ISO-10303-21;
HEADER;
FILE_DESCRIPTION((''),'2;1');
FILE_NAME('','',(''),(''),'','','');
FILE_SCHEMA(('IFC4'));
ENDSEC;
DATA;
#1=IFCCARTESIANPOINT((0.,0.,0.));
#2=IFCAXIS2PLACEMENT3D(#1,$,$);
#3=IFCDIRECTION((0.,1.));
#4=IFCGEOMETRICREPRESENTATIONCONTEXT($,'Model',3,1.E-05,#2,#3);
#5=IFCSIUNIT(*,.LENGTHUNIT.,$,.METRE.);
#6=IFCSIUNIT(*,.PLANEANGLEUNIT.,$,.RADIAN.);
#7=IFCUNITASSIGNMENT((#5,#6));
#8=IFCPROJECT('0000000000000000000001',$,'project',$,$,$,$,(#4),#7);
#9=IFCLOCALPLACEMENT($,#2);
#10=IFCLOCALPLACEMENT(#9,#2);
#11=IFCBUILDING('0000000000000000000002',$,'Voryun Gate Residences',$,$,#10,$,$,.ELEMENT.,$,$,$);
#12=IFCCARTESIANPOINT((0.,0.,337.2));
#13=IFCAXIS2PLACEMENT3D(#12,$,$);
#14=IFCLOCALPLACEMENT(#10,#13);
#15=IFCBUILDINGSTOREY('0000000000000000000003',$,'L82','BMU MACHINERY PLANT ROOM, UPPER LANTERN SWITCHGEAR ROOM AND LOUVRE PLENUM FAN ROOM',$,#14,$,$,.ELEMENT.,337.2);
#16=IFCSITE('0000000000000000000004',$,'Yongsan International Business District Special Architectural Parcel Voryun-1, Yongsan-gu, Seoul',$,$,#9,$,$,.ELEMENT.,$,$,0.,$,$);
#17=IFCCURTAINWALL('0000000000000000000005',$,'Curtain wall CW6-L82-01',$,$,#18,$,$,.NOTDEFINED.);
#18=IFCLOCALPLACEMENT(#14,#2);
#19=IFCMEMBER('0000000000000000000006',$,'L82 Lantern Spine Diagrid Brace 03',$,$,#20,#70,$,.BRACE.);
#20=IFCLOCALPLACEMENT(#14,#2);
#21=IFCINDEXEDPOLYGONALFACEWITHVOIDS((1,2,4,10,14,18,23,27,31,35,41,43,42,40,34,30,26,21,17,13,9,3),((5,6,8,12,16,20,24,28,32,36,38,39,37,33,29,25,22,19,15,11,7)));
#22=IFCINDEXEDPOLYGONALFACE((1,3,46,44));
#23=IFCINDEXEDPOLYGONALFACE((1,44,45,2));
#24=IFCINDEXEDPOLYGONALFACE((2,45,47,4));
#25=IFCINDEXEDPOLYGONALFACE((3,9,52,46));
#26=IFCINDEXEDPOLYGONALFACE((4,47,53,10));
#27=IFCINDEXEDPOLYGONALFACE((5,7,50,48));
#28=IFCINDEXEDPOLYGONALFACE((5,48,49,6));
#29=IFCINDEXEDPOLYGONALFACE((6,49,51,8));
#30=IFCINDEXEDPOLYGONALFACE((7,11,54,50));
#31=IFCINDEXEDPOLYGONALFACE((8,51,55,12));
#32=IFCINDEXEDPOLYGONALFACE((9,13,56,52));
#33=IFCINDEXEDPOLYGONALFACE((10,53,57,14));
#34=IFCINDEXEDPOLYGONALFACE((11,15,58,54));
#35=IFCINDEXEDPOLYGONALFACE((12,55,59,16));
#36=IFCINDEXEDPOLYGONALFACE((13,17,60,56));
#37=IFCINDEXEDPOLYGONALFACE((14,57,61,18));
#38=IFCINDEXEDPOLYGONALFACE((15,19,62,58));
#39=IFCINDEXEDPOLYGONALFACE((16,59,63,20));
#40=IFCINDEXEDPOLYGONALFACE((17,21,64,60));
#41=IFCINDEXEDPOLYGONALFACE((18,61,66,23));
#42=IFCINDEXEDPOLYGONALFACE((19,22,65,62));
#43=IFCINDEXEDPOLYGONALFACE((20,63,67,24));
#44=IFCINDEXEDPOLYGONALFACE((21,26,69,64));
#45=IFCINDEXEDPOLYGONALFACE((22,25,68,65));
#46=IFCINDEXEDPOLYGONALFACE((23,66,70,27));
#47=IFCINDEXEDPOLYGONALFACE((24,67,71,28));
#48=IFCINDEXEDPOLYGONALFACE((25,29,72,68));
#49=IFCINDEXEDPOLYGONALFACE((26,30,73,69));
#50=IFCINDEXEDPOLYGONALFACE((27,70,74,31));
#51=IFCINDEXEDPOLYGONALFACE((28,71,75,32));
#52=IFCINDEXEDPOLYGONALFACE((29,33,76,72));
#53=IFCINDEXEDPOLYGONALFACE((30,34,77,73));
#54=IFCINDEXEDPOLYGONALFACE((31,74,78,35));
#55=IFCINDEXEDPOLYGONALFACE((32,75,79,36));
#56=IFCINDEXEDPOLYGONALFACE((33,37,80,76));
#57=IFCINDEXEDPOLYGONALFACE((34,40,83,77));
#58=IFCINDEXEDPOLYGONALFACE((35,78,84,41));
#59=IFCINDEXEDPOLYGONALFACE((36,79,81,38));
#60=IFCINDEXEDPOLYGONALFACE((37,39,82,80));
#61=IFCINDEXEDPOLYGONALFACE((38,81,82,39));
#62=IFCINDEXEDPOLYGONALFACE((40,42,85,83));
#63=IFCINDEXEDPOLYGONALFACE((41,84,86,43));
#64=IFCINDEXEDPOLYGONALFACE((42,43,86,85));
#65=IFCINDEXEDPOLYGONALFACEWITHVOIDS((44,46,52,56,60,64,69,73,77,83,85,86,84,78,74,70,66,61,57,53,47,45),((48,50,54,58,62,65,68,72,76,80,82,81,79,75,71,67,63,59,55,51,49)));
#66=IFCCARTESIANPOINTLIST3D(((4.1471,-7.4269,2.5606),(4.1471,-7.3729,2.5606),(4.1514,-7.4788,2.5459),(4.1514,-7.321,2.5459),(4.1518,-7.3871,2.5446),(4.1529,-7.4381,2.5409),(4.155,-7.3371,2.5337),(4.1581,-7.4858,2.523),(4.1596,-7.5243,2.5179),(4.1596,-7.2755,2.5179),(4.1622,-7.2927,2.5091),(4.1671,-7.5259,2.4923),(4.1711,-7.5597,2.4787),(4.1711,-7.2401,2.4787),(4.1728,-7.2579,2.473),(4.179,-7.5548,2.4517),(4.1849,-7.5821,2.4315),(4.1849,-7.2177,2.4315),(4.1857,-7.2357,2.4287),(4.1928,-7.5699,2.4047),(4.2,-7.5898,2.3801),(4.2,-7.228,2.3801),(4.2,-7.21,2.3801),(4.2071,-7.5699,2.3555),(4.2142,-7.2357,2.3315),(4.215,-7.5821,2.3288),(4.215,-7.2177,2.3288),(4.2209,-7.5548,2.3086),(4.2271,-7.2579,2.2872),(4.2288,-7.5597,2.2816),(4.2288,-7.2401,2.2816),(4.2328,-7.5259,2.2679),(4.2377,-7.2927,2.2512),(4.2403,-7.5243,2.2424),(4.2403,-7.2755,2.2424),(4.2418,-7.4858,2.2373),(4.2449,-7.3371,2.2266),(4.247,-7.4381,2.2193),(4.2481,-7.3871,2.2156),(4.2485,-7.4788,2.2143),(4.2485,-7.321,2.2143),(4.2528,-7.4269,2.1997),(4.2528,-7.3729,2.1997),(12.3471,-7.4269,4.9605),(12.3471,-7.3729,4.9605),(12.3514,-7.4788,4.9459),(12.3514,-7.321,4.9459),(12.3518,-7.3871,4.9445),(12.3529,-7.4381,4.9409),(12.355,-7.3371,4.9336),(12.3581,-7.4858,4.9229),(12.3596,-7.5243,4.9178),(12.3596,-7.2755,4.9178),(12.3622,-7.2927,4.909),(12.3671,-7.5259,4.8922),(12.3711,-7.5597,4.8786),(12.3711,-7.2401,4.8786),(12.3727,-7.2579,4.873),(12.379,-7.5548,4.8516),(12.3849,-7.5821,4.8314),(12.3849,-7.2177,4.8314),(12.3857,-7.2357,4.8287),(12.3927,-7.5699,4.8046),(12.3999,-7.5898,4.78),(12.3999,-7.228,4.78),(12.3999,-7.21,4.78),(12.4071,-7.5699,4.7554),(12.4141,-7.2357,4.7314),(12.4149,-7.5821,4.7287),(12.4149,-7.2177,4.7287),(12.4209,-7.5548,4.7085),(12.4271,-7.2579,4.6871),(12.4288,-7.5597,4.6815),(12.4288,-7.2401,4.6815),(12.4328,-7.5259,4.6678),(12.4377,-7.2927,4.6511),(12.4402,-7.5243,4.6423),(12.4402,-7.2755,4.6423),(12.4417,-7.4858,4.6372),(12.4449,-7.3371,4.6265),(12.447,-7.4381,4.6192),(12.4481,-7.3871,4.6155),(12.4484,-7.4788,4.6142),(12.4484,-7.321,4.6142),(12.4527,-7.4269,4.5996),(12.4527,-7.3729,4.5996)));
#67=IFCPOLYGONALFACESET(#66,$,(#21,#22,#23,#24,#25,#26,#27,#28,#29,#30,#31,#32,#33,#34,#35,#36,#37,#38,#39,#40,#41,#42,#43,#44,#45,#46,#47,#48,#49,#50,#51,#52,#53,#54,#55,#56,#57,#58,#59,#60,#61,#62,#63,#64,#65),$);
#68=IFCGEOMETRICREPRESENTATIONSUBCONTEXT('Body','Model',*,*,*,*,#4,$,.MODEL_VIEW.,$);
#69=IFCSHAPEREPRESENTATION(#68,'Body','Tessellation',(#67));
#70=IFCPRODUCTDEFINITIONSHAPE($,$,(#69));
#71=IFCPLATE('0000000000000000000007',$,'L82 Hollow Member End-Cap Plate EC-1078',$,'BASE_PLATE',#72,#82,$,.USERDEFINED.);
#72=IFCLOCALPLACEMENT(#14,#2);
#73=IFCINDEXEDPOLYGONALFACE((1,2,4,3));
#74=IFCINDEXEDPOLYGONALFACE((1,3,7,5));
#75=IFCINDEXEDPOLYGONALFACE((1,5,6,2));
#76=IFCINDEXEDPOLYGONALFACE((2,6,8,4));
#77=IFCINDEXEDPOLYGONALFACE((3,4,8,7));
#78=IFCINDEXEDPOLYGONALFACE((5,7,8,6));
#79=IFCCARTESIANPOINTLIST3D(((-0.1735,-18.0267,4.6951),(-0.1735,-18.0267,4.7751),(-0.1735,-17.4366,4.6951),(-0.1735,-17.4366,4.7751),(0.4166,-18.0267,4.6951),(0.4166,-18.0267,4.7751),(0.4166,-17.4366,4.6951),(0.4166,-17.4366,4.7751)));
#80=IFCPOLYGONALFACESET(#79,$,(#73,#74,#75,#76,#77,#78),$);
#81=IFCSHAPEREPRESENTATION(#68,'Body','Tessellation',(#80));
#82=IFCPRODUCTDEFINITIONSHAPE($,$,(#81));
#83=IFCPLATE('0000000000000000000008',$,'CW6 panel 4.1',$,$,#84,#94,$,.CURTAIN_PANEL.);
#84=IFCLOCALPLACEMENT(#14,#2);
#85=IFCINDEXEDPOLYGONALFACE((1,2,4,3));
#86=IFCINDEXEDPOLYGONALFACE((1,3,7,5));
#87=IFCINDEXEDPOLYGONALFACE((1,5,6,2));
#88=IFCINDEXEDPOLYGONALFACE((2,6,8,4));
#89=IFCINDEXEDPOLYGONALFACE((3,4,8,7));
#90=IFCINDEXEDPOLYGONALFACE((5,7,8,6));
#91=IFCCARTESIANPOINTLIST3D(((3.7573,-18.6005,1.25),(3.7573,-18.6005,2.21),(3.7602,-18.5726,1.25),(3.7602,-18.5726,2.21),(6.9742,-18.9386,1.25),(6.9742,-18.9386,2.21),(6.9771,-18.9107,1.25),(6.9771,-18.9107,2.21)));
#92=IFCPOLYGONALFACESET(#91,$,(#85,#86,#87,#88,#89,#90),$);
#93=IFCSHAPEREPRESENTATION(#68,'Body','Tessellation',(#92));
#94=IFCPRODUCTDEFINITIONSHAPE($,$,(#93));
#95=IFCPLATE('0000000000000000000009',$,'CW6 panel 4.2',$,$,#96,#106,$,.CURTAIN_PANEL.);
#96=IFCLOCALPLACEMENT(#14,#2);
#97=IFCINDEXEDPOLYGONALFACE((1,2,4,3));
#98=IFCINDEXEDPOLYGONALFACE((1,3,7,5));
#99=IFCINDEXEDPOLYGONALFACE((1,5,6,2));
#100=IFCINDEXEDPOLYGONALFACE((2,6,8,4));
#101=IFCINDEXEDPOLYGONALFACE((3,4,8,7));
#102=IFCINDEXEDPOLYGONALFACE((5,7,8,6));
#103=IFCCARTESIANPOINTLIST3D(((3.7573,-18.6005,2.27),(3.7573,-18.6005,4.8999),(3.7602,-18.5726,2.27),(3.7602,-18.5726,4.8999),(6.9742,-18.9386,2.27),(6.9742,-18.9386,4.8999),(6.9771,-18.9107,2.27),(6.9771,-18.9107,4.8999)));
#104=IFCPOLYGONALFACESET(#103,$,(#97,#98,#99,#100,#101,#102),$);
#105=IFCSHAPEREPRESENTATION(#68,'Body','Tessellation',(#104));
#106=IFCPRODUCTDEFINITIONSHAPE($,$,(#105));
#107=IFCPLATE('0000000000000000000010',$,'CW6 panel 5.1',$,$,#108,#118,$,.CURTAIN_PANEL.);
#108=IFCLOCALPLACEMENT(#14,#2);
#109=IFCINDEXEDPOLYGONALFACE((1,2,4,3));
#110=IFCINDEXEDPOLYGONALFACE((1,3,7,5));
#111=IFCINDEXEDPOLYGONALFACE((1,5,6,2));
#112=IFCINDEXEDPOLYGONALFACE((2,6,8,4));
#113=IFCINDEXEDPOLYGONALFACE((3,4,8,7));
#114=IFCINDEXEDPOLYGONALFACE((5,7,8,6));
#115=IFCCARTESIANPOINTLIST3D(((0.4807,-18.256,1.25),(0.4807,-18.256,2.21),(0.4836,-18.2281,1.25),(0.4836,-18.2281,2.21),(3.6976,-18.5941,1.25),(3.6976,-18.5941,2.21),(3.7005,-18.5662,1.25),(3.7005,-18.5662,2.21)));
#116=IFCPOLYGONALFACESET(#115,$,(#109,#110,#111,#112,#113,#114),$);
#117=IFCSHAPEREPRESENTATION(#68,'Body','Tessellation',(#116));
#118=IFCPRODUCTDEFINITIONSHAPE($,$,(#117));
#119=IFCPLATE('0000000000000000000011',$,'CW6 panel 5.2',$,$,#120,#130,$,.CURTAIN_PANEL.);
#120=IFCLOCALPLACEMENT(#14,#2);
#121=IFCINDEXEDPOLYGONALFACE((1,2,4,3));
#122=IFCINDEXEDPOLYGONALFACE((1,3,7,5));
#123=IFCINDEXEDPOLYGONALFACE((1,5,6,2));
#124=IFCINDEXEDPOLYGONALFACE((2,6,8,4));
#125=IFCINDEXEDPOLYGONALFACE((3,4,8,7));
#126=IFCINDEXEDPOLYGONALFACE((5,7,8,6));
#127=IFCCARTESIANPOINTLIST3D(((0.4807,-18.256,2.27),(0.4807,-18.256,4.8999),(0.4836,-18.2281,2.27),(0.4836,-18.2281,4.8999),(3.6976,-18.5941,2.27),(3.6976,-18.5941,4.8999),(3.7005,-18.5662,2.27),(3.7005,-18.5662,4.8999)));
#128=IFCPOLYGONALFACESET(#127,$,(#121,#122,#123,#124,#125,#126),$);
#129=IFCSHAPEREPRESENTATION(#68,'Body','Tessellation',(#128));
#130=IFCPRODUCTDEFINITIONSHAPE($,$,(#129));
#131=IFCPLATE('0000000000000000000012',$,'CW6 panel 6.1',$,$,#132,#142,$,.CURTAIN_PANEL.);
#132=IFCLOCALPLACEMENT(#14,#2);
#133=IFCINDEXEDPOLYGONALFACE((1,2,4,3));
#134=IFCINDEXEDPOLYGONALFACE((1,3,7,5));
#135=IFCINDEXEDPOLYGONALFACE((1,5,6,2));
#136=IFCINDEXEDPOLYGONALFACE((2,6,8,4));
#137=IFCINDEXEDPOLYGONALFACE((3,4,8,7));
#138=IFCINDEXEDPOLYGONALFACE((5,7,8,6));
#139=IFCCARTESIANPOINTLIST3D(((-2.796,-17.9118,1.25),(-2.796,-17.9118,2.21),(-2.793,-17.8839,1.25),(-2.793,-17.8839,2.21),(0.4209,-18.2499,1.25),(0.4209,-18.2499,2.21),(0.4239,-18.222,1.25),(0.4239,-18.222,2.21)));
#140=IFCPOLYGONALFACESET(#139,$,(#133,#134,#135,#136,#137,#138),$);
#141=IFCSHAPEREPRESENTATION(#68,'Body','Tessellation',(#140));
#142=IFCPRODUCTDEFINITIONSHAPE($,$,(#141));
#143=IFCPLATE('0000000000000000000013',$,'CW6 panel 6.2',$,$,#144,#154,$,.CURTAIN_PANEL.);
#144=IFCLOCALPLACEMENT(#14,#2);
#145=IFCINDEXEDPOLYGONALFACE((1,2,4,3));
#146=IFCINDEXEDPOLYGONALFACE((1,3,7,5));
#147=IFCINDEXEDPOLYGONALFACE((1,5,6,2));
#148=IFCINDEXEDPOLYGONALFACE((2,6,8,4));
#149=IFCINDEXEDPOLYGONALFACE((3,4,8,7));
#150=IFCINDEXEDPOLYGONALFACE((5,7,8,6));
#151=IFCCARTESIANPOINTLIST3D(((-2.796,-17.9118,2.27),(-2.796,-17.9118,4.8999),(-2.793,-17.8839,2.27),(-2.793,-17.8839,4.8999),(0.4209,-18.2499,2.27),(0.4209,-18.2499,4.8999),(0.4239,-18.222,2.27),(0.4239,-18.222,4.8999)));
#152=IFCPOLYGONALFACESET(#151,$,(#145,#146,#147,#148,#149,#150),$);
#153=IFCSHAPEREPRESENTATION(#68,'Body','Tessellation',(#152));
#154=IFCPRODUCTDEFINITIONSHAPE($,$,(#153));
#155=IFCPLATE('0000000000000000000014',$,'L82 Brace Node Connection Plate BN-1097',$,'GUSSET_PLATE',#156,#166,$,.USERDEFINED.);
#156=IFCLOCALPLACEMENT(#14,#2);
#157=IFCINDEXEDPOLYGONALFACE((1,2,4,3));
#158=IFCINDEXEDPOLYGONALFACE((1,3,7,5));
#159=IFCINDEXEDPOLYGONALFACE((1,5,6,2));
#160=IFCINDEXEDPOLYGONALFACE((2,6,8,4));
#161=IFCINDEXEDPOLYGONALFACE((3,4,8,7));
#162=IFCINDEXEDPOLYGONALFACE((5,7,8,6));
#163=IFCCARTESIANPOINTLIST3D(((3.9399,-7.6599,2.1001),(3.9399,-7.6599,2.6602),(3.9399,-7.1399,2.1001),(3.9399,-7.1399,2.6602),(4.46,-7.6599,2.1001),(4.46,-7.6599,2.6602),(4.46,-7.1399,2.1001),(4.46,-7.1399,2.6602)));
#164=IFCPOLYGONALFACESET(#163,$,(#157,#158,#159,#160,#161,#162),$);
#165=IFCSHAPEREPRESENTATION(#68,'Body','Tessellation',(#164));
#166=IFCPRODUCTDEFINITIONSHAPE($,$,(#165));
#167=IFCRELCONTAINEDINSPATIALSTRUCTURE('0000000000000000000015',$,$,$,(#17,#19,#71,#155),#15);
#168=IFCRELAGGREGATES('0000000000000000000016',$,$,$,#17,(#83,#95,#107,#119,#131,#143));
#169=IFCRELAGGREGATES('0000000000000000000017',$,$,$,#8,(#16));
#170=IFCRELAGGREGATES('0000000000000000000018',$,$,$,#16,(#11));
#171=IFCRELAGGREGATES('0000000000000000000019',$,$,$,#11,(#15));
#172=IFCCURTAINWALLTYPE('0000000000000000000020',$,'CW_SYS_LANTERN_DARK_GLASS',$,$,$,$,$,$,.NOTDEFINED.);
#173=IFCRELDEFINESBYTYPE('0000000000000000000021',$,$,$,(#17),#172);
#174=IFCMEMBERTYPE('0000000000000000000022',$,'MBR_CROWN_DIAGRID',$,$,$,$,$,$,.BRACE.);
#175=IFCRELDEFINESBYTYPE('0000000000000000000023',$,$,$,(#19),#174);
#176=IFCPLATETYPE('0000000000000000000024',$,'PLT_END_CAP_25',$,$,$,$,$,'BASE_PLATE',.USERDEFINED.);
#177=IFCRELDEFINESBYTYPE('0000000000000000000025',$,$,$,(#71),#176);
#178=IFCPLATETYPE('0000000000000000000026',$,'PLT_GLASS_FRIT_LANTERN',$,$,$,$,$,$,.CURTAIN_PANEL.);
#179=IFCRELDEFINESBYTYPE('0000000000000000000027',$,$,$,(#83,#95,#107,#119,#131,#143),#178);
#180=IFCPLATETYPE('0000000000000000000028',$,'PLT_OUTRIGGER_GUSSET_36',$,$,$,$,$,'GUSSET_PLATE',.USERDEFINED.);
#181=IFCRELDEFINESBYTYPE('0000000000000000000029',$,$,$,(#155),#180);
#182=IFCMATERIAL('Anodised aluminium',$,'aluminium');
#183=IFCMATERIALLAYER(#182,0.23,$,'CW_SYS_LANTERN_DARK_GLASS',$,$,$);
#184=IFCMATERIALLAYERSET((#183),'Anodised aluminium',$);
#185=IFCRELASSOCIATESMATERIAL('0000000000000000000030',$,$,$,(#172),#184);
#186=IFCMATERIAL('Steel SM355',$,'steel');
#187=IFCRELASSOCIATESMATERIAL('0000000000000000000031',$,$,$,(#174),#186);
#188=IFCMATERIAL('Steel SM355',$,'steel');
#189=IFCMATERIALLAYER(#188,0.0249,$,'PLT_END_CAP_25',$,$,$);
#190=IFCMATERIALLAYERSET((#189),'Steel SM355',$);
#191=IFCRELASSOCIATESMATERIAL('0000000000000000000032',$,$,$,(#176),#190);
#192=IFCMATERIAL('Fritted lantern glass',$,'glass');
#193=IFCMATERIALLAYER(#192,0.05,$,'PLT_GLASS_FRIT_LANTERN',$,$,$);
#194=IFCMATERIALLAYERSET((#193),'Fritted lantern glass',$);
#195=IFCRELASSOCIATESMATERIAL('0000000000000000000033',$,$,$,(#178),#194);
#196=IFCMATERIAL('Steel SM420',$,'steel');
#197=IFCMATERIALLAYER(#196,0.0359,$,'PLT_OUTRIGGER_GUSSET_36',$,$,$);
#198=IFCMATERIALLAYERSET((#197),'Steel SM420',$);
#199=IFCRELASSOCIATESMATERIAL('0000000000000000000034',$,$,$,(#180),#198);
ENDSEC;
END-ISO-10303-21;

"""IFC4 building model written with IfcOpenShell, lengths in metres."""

from ifc_helpers import new_model, si_unit, direction, frame, origin, origin_2d, place, context, subcontext, project, spatial, rectangle, hollow_circle, extrude, material, layer, layer_set, material_profile, profile_set, type_object, element, aggregate, save


model = new_model("IFC4")

# Units and contexts
model_context = context("Model", 3, precision=1e-05, world=origin(), true_north=direction((0.0, 1.0)))
body_context = subcontext(model_context, "Body", "Model", "MODEL_VIEW")
ifc_project = project(units=[si_unit("LENGTHUNIT", "METRE"), si_unit("PLANEANGLEUNIT", "RADIAN")], contexts=[model_context])

# Site, building, storey
site_placement = place(None, origin())
site = spatial("IfcSite", under=ifc_project, at=site_placement, Name="Yongsan International Business District Special Architectural Parcel Voryun-1, Yongsan-gu, Seoul", CompositionType="ELEMENT", RefElevation=0.0)
building_placement = place(site_placement, origin())
building = spatial("IfcBuilding", under=site, at=building_placement, Name="Voryun Gate Residences", CompositionType="ELEMENT")
storey_placement = place(building_placement, frame((0.0, 0.0, 337.2)))
storey = spatial("IfcBuildingStorey", under=building, at=storey_placement, Name="L82", Description="BMU MACHINERY PLANT ROOM, UPPER LANTERN SWITCHGEAR ROOM AND LOUVRE PLENUM FAN ROOM", CompositionType="ELEMENT", Elevation=337.2)

# Curtain wall
ifc_material_1 = material(Name="Anodised aluminium", Category="aluminium")
ifc_layer_1 = layer(ifc_material_1, 0.23, Name="CW_SYS_LANTERN_DARK_GLASS")
ifc_layer_set_1 = layer_set([ifc_layer_1], Name="Anodised aluminium")
curtain_wall_type = type_object("IfcCurtainWallType", Name="CW_SYS_LANTERN_DARK_GLASS", PredefinedType="NOTDEFINED", material=ifc_layer_set_1)
curtain_wall_placement = place(storey_placement, origin())
curtain_wall = element("IfcCurtainWall", 1, at=curtain_wall_placement, inside=storey, type_object=curtain_wall_type, Name="Curtain wall CW6-L82-01", PredefinedType="NOTDEFINED")

# Member
ifc_material_2 = material(Name="Steel SM355", Category="steel")
ifc_material_profile_1 = material_profile(ifc_material_2, hollow_circle(Radius=0.1899, WallThickness=0.0181, at=origin_2d()), Name="CHS-380x18")
ifc_profile_set_1 = profile_set([ifc_material_profile_1], Name="Steel SM355")
member_type_1 = type_object("IfcMemberType", Name="MBR_CROWN_DIAGRID", PredefinedType="BRACE", material=ifc_profile_set_1)
member_1_placement = place(storey_placement, frame((4.2, -7.3999, 2.3801), z_axis=(0.95974, 0.0, 0.28089), x_axis=(0.0, 1.0, 0.0)))
element("IfcMember", 2, at=member_1_placement, inside=storey, type_object=member_type_1, Name="L82 Lantern Spine Diagrid Brace 03", PredefinedType="BRACE", context=body_context, shape_type="SweptSolid", body=[
    extrude(hollow_circle(Radius=0.1899, WallThickness=0.0181, at=origin_2d()), origin(), (0.0, 0.0, 1.0), 8.5439),
])

# Plates
ifc_material_3 = material(Name="Steel SM355", Category="steel")
ifc_layer_2 = layer(ifc_material_3, 0.0249, Name="PLT_END_CAP_25")
ifc_layer_set_2 = layer_set([ifc_layer_2], Name="Steel SM355")
plate_type_1 = type_object("IfcPlateType", Name="PLT_END_CAP_25", ElementType="BASE_PLATE", PredefinedType="USERDEFINED", material=ifc_layer_set_2)
plate_1_placement = place(storey_placement, frame((0.1216, -17.7317, 4.6951), z_axis=(0.0, 0.0, 1.0), x_axis=(1.0, 0.0, 0.0)))
element("IfcPlate", 3, at=plate_1_placement, inside=storey, type_object=plate_type_1, Name="L82 Hollow Member End-Cap Plate EC-1078", ObjectType="BASE_PLATE", PredefinedType="USERDEFINED", context=body_context, shape_type="SweptSolid", body=[
    extrude(rectangle(XDim=0.5901, YDim=0.5901, at=origin_2d()), origin(), (0.0, 0.0, 1.0), 0.0801),
])
ifc_material_4 = material(Name="Fritted lantern glass", Category="glass")
ifc_layer_3 = layer(ifc_material_4, 0.05, Name="PLT_GLASS_FRIT_LANTERN")
ifc_layer_set_3 = layer_set([ifc_layer_3], Name="Fritted lantern glass")
plate_type_2 = type_object("IfcPlateType", Name="PLT_GLASS_FRIT_LANTERN", PredefinedType="CURTAIN_PANEL", material=ifc_layer_set_3)
plate_2_placement = place(storey_placement, frame((5.3672, -18.7556, 1.25), z_axis=(0.0, 0.0, 1.0), x_axis=(-0.994522, 0.104528, 0.0)))
plate_2 = element("IfcPlate", 4, at=plate_2_placement, type_object=plate_type_2, Name="CW6 panel 4.1", PredefinedType="CURTAIN_PANEL", context=body_context, shape_type="SweptSolid", body=[
    extrude(rectangle(XDim=3.2346, YDim=0.0281, at=origin_2d()), origin(), (0.0, 0.0, 1.0), 0.96),
])
plate_3_placement = place(storey_placement, frame((5.3672, -18.7556, 2.27), z_axis=(0.0, 0.0, 1.0), x_axis=(-0.994522, 0.104528, 0.0)))
plate_3 = element("IfcPlate", 5, at=plate_3_placement, type_object=plate_type_2, Name="CW6 panel 4.2", PredefinedType="CURTAIN_PANEL", context=body_context, shape_type="SweptSolid", body=[
    extrude(rectangle(XDim=3.2346, YDim=0.0281, at=origin_2d()), origin(), (0.0, 0.0, 1.0), 2.6299),
])
plate_4_placement = place(storey_placement, frame((2.0906, -18.4111, 1.25), z_axis=(0.0, 0.0, 1.0), x_axis=(-0.994522, 0.104528, 0.0)))
plate_4 = element("IfcPlate", 6, at=plate_4_placement, type_object=plate_type_2, Name="CW6 panel 5.1", PredefinedType="CURTAIN_PANEL", context=body_context, shape_type="SweptSolid", body=[
    extrude(rectangle(XDim=3.2346, YDim=0.0281, at=origin_2d()), origin(), (0.0, 0.0, 1.0), 0.96),
])
plate_5_placement = place(storey_placement, frame((2.0906, -18.4111, 2.27), z_axis=(0.0, 0.0, 1.0), x_axis=(-0.994522, 0.104528, 0.0)))
plate_5 = element("IfcPlate", 7, at=plate_5_placement, type_object=plate_type_2, Name="CW6 panel 5.2", PredefinedType="CURTAIN_PANEL", context=body_context, shape_type="SweptSolid", body=[
    extrude(rectangle(XDim=3.2346, YDim=0.0281, at=origin_2d()), origin(), (0.0, 0.0, 1.0), 2.6299),
])
plate_6_placement = place(storey_placement, frame((-1.186, -18.0669, 1.25), z_axis=(0.0, 0.0, 1.0), x_axis=(-0.994522, 0.104528, 0.0)))
plate_6 = element("IfcPlate", 8, at=plate_6_placement, type_object=plate_type_2, Name="CW6 panel 6.1", PredefinedType="CURTAIN_PANEL", context=body_context, shape_type="SweptSolid", body=[
    extrude(rectangle(XDim=3.2346, YDim=0.0281, at=origin_2d()), origin(), (0.0, 0.0, 1.0), 0.96),
])
plate_7_placement = place(storey_placement, frame((-1.186, -18.0669, 2.27), z_axis=(0.0, 0.0, 1.0), x_axis=(-0.994522, 0.104528, 0.0)))
plate_7 = element("IfcPlate", 9, at=plate_7_placement, type_object=plate_type_2, Name="CW6 panel 6.2", PredefinedType="CURTAIN_PANEL", context=body_context, shape_type="SweptSolid", body=[
    extrude(rectangle(XDim=3.2346, YDim=0.0281, at=origin_2d()), origin(), (0.0, 0.0, 1.0), 2.6299),
])
aggregate(curtain_wall, [plate_2, plate_3, plate_4, plate_5, plate_6, plate_7])
ifc_material_5 = material(Name="Steel SM420", Category="steel")
ifc_layer_4 = layer(ifc_material_5, 0.0359, Name="PLT_OUTRIGGER_GUSSET_36")
ifc_layer_set_4 = layer_set([ifc_layer_4], Name="Steel SM420")
plate_type_3 = type_object("IfcPlateType", Name="PLT_OUTRIGGER_GUSSET_36", ElementType="GUSSET_PLATE", PredefinedType="USERDEFINED", material=ifc_layer_set_4)
plate_8_placement = place(storey_placement, frame((4.2, -7.3999, 2.1001), z_axis=(0.0, 0.0, 1.0), x_axis=(1.0, 0.0, 0.0)))
element("IfcPlate", 10, at=plate_8_placement, inside=storey, type_object=plate_type_3, Name="L82 Brace Node Connection Plate BN-1097", ObjectType="GUSSET_PLATE", PredefinedType="USERDEFINED", context=body_context, shape_type="SweptSolid", body=[
    extrude(rectangle(XDim=0.52, YDim=0.52, at=origin_2d()), origin(), (0.0, 0.0, 1.0), 0.5601),
])

save(model, "model.ifc")
